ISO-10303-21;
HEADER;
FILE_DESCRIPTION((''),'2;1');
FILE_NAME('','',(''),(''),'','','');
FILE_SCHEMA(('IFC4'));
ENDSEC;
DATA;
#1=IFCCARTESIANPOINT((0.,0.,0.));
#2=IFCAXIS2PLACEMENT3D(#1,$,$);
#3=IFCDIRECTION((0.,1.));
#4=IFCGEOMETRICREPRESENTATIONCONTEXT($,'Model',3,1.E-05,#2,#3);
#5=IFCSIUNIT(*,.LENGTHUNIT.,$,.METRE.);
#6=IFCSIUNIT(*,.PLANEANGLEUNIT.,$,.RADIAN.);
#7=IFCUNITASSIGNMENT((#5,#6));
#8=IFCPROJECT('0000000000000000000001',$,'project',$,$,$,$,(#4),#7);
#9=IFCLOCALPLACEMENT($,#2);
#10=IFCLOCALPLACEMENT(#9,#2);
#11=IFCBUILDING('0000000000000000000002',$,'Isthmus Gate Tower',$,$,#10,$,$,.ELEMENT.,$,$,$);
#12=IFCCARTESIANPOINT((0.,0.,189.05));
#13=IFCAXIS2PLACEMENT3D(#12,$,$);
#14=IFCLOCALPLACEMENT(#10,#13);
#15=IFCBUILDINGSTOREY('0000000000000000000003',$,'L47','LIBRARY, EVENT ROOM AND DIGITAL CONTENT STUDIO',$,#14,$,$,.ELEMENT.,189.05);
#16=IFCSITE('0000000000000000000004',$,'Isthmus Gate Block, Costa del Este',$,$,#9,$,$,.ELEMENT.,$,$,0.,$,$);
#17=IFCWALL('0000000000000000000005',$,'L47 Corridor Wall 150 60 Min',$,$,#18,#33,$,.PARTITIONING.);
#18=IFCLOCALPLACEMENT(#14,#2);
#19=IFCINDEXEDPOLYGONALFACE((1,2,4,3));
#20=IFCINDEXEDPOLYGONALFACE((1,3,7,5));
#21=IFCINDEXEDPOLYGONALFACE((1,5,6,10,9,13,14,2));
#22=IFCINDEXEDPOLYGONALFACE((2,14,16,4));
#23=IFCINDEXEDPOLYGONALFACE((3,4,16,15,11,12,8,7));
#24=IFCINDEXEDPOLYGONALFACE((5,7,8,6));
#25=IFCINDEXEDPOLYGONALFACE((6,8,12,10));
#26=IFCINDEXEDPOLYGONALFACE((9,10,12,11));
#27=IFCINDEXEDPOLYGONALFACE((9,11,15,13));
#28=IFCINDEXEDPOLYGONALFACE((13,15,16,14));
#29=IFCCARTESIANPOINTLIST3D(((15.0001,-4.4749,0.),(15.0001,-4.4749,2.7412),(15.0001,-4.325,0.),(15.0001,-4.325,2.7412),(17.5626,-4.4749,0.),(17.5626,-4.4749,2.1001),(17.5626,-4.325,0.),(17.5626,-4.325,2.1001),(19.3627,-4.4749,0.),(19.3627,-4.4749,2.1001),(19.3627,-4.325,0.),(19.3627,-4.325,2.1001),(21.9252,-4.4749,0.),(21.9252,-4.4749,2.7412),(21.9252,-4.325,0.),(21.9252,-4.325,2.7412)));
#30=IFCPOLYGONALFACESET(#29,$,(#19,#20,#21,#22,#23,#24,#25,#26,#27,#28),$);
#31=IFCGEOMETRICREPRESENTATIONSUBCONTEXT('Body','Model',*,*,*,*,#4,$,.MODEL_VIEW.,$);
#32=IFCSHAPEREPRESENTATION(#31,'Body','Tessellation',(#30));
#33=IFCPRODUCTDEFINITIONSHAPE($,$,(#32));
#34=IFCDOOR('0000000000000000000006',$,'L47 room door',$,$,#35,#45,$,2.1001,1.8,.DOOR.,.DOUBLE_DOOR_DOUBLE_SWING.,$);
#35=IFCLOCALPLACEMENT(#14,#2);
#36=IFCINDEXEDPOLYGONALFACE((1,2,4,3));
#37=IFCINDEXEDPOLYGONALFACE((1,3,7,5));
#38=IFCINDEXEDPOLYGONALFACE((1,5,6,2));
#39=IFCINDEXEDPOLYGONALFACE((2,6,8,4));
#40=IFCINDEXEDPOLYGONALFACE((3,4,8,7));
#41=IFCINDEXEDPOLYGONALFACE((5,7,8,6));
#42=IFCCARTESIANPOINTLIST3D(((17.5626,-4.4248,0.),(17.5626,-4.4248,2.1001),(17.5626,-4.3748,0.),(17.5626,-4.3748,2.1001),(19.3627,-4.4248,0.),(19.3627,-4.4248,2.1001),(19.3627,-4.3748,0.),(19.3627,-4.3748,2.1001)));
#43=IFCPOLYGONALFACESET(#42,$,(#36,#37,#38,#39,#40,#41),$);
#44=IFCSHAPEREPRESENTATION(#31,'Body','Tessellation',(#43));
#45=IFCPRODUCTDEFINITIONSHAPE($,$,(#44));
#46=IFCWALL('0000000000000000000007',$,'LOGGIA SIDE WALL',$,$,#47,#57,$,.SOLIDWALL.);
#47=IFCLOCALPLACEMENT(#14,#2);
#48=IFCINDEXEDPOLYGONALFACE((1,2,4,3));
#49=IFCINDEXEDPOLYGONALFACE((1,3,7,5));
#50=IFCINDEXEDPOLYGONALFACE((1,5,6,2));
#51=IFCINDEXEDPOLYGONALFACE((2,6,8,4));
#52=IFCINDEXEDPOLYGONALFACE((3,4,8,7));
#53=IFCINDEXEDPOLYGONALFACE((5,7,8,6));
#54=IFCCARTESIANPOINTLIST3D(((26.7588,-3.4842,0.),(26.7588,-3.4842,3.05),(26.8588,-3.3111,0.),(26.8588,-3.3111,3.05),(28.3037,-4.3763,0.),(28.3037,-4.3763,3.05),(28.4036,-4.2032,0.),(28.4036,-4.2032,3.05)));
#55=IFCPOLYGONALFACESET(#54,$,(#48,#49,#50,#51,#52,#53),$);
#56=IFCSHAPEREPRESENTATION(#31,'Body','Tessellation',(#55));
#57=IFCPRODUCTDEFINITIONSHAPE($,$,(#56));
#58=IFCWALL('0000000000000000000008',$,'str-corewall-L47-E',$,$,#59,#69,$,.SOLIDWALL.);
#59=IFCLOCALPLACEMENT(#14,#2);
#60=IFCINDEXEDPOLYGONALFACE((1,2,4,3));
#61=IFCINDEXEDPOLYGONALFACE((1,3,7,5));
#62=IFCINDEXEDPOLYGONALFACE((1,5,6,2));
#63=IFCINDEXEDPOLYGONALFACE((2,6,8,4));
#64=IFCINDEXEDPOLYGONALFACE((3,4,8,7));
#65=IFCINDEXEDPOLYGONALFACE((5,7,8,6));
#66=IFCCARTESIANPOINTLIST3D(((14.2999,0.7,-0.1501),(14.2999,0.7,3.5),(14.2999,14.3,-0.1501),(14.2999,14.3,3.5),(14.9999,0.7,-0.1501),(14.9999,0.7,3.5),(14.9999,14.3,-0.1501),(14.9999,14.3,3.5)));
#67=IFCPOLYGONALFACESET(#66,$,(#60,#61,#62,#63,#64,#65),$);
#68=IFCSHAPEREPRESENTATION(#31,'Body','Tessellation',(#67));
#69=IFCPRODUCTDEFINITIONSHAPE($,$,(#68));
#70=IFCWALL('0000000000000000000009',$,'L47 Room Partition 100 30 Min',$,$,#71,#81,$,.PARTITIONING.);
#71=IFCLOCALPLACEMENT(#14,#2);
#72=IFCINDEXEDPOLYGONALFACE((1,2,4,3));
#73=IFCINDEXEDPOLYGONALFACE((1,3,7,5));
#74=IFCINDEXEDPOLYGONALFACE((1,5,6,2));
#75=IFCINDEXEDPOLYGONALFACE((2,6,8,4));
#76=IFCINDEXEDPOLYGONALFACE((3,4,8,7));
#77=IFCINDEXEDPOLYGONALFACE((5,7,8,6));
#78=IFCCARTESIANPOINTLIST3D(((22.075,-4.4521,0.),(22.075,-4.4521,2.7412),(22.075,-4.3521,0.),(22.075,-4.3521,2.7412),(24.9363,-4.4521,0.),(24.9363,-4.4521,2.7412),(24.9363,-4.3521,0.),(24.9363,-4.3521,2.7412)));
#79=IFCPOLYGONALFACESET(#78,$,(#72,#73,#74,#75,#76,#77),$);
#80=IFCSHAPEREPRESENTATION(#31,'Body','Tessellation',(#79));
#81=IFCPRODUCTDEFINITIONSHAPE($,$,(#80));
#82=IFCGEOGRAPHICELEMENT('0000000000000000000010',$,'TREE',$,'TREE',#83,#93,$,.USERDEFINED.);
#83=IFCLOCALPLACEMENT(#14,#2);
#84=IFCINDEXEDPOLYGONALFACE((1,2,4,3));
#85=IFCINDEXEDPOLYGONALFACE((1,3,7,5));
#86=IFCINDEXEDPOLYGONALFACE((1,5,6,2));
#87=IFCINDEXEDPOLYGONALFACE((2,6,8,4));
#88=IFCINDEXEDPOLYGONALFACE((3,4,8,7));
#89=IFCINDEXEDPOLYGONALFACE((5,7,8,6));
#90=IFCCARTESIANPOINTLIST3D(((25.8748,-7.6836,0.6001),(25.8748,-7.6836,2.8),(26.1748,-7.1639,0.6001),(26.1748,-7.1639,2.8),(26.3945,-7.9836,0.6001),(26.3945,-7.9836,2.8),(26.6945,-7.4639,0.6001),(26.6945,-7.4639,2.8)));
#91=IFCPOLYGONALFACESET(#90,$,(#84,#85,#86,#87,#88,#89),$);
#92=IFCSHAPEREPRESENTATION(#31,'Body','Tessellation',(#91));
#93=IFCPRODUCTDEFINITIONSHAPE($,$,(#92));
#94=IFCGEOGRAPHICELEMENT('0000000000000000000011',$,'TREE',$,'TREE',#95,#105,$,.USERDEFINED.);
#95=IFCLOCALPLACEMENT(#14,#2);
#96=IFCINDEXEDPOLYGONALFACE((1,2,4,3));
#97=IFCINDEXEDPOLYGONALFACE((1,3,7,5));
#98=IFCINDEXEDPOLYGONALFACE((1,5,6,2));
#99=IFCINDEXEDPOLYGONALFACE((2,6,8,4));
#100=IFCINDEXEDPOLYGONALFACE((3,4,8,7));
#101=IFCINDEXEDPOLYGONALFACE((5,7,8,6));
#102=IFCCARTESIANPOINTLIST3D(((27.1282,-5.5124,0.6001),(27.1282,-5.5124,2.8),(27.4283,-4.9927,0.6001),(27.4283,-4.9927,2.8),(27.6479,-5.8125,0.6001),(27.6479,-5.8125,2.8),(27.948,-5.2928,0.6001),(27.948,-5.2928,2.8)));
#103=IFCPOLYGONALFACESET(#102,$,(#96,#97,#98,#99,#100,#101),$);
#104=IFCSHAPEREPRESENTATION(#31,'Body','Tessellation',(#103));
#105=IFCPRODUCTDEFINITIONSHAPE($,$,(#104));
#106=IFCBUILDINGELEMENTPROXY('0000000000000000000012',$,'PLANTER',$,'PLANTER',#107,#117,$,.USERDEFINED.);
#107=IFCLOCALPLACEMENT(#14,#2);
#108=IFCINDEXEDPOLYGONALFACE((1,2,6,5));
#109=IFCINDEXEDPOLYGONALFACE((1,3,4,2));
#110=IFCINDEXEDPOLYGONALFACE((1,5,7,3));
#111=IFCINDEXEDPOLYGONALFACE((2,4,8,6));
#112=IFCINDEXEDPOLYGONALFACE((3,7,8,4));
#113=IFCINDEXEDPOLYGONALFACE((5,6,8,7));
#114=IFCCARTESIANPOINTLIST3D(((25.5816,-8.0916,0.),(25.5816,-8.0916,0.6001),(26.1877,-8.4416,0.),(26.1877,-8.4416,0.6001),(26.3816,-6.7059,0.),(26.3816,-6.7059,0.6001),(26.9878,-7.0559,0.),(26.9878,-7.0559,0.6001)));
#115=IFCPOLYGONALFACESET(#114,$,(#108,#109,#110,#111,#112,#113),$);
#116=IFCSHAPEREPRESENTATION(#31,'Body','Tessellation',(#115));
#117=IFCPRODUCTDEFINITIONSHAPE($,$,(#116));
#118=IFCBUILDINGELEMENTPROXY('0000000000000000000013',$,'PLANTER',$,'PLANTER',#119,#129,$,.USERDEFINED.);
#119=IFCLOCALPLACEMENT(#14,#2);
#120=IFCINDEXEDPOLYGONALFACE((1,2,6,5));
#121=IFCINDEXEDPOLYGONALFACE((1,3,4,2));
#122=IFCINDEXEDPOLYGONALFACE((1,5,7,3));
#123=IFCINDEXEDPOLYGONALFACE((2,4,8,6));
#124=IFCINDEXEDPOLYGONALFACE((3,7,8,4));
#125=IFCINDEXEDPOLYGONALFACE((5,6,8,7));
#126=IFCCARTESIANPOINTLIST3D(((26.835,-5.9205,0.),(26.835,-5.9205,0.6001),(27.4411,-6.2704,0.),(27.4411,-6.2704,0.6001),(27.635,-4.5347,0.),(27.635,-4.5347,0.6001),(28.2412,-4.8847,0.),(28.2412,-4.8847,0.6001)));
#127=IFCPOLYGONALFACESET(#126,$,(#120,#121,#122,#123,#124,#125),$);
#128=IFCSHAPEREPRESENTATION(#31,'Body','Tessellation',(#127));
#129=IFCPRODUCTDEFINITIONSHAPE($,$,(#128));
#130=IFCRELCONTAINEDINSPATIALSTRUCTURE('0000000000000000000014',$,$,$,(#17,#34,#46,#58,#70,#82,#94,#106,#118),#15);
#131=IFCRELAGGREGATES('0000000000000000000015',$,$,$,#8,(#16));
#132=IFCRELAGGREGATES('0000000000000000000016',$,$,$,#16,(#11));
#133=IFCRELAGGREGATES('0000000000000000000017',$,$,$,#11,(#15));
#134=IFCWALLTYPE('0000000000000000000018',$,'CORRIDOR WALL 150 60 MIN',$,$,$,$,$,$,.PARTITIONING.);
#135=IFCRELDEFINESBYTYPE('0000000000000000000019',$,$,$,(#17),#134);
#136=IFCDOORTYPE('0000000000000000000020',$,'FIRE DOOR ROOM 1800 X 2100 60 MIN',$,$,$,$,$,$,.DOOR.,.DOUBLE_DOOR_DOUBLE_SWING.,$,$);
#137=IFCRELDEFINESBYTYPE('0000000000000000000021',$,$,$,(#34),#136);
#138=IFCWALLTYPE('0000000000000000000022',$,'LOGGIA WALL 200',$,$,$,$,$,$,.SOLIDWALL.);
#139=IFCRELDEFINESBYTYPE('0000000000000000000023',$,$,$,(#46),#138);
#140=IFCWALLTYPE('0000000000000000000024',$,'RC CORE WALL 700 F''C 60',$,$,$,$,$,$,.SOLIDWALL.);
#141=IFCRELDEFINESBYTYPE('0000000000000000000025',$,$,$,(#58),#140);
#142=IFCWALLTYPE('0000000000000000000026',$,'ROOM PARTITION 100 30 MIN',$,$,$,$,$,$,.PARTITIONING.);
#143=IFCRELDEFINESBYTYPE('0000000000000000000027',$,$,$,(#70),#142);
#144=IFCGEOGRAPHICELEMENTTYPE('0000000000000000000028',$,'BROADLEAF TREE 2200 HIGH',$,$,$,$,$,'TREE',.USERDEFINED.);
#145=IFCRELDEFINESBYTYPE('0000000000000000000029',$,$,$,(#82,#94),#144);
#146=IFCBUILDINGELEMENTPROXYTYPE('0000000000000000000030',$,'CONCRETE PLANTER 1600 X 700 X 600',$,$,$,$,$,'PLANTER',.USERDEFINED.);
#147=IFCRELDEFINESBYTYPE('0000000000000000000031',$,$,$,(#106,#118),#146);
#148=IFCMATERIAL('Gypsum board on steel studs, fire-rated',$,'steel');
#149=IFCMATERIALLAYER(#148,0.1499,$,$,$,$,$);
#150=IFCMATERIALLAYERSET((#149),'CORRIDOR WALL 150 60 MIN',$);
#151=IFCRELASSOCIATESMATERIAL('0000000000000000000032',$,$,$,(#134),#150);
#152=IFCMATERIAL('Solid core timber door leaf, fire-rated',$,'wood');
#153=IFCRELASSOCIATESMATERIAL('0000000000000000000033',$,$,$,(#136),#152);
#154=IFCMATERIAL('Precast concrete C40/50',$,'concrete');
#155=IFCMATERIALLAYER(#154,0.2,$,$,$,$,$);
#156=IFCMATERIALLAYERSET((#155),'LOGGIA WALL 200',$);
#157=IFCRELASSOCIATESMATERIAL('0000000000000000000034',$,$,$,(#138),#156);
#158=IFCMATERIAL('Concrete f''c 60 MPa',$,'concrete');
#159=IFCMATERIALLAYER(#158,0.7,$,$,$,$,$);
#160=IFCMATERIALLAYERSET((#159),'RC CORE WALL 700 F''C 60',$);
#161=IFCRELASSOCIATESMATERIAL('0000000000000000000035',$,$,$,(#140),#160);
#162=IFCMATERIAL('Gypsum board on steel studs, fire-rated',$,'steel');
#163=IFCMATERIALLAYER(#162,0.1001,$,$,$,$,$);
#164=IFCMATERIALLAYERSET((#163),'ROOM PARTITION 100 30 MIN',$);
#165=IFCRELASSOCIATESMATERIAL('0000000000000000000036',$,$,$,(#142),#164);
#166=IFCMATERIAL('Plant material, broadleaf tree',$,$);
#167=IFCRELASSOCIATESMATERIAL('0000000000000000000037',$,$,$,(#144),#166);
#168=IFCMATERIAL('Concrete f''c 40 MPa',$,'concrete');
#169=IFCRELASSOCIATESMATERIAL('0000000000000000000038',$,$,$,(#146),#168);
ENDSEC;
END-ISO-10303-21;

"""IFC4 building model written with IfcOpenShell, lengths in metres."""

from ifc_helpers import new_model, si_unit, direction, frame, frame_2d, origin, origin_2d, place, context, subcontext, project, spatial, rectangle, extrude, material, layer, layer_set, type_object, element, fill, save


model = new_model("IFC4")

# Units and contexts
model_context = context("Model", 3, precision=1e-05, world=origin(), true_north=direction((0.0, 1.0)))
body_context = subcontext(model_context, "Body", "Model", "MODEL_VIEW")
ifc_project = project(units=[si_unit("LENGTHUNIT", "METRE"), si_unit("PLANEANGLEUNIT", "RADIAN")], contexts=[model_context])

# Site, building, storey
site_placement = place(None, origin())
site = spatial("IfcSite", under=ifc_project, at=site_placement, Name="Isthmus Gate Block, Costa del Este", CompositionType="ELEMENT", RefElevation=0.0)
building_placement = place(site_placement, origin())
building = spatial("IfcBuilding", under=site, at=building_placement, Name="Isthmus Gate Tower", CompositionType="ELEMENT")
storey_placement = place(building_placement, frame((0.0, 0.0, 189.05)))
storey = spatial("IfcBuildingStorey", under=building, at=storey_placement, Name="L47", Description="LIBRARY, EVENT ROOM AND DIGITAL CONTENT STUDIO", CompositionType="ELEMENT", Elevation=189.05)

# Shared definitions
ifc_material_1 = material(Name="Gypsum board on steel studs, fire-rated", Category="steel")
ifc_layer_1 = layer(ifc_material_1, 0.1499)
ifc_layer_set_1 = layer_set([ifc_layer_1], Name="CORRIDOR WALL 150 60 MIN")
wall_type_1 = type_object("IfcWallType", Name="CORRIDOR WALL 150 60 MIN", PredefinedType="PARTITIONING", material=ifc_layer_set_1)

# Wall, opening, door
wall_1_placement = place(storey_placement, frame((21.925, -4.3999, 0.0), z_axis=(0.0, 0.0, 1.0), x_axis=(-1.0, 0.0, 0.0)))
wall_1 = element("IfcWall", 1, at=wall_1_placement, inside=storey, type_object=wall_type_1, Name="L47 Corridor Wall 150 60 Min", PredefinedType="PARTITIONING", context=body_context, shape_type="SweptSolid", body=[
    extrude(rectangle(XDim=6.925, YDim=0.1499, at=frame_2d((3.4624, 0.0))), origin(), (0.0, 0.0, 1.0), 2.7412),
])
opening_1_placement = place(wall_1_placement, frame((2.5625, 0.0, 0.0)))
opening_1 = element("IfcOpeningElement", 2, at=opening_1_placement, cuts=wall_1, PredefinedType="OPENING", context=body_context, shape_type="SweptSolid", body=[
    extrude(rectangle(XDim=1.8, YDim=2.1001, at=frame_2d((0.8999, 1.05))), frame((0.0, 0.085, 0.0), z_axis=(0.0, -1.0, 0.0), x_axis=(1.0, 0.0, 0.0)), (0.0, 0.0, 1.0), 0.1699),
])
ifc_material_2 = material(Name="Solid core timber door leaf, fire-rated", Category="wood")
door_type_1 = type_object("IfcDoorType", Name="FIRE DOOR ROOM 1800 X 2100 60 MIN", OperationType="DOUBLE_DOOR_DOUBLE_SWING", PredefinedType="DOOR", material=ifc_material_2)
door_1_placement = place(opening_1_placement, origin())
door_1 = element("IfcDoor", 3, at=door_1_placement, inside=storey, type_object=door_type_1, Name="L47 room door", OperationType="DOUBLE_DOOR_DOUBLE_SWING", OverallHeight=2.1001, OverallWidth=1.8, PredefinedType="DOOR", context=body_context, shape_type="SweptSolid", body=[
    extrude(rectangle(XDim=1.8, YDim=2.1001, at=frame_2d((0.8999, 1.05))), frame((0.0, 0.0249, 0.0), z_axis=(0.0, -1.0, 0.0), x_axis=(1.0, 0.0, 0.0)), (0.0, 0.0, 1.0), 0.05),
])
fill(opening_1, door_1)
ifc_material_3 = material(Name="Precast concrete C40/50", Category="concrete")
ifc_layer_2 = layer(ifc_material_3, 0.2)
ifc_layer_set_2 = layer_set([ifc_layer_2], Name="LOGGIA WALL 200")
wall_type_2 = type_object("IfcWallType", Name="LOGGIA WALL 200", PredefinedType="SOLIDWALL", material=ifc_layer_set_2)

# Walls
wall_2_placement = place(storey_placement, frame((28.3538, -4.2898, 0.0), z_axis=(0.0, 0.0, 1.0), x_axis=(-0.865994, 0.500054, 0.0)))
element("IfcWall", 4, at=wall_2_placement, inside=storey, type_object=wall_type_2, Name="LOGGIA SIDE WALL", PredefinedType="SOLIDWALL", context=body_context, shape_type="SweptSolid", body=[
    extrude(rectangle(XDim=1.7839, YDim=0.2, at=frame_2d((0.8921, 0.0))), origin(), (0.0, 0.0, 1.0), 3.05),
])
ifc_material_4 = material(Name="Concrete f'c 60 MPa", Category="concrete")
ifc_layer_3 = layer(ifc_material_4, 0.7)
ifc_layer_set_3 = layer_set([ifc_layer_3], Name="RC CORE WALL 700 F'C 60")
wall_type_3 = type_object("IfcWallType", Name="RC CORE WALL 700 F'C 60", PredefinedType="SOLIDWALL", material=ifc_layer_set_3)
wall_3_placement = place(storey_placement, frame((14.6499, 0.7, -0.1501), z_axis=(0.0, 0.0, 1.0), x_axis=(0.0, 1.0, 0.0)))
element("IfcWall", 5, at=wall_3_placement, inside=storey, type_object=wall_type_3, Name="str-corewall-L47-E", PredefinedType="SOLIDWALL", context=body_context, shape_type="SweptSolid", body=[
    extrude(rectangle(XDim=13.6001, YDim=0.7, at=frame_2d((6.8, 0.0))), origin(), (0.0, 0.0, 1.0), 3.6501),
])
ifc_material_5 = material(Name="Gypsum board on steel studs, fire-rated", Category="steel")
ifc_layer_4 = layer(ifc_material_5, 0.1001)
ifc_layer_set_4 = layer_set([ifc_layer_4], Name="ROOM PARTITION 100 30 MIN")
wall_type_4 = type_object("IfcWallType", Name="ROOM PARTITION 100 30 MIN", PredefinedType="PARTITIONING", material=ifc_layer_set_4)
wall_4_placement = place(storey_placement, frame((22.075, -4.4021, 0.0), z_axis=(0.0, 0.0, 1.0), x_axis=(1.0, 0.0, 0.0)))
element("IfcWall", 6, at=wall_4_placement, inside=storey, type_object=wall_type_4, Name="L47 Room Partition 100 30 Min", PredefinedType="PARTITIONING", context=body_context, shape_type="SweptSolid", body=[
    extrude(rectangle(XDim=2.8613, YDim=0.1001, at=frame_2d((1.4307, 0.0))), origin(), (0.0, 0.0, 1.0), 2.7412),
])

# Geographic elements
ifc_material_6 = material(Name="Plant material, broadleaf tree")
geographic_element_type = type_object("IfcGeographicElementType", Name="BROADLEAF TREE 2200 HIGH", ElementType="TREE", PredefinedType="USERDEFINED", material=ifc_material_6)
for number, where, z_axis, x_axis, name in (
    (7, (26.2847, -7.5737, 0.6001), (0.0, 0.0, 1.0), (0.5, 0.866025, 0.0), "TREE"),
    (8, (27.5381, -5.4026, 0.6001), (0.0, 0.0, 1.0), (0.5, 0.866025, 0.0), "TREE"),
):
    element("IfcGeographicElement", number, at=place(storey_placement, frame(where, z_axis=z_axis, x_axis=x_axis)), inside=storey, type_object=geographic_element_type, Name=name, ObjectType="TREE", PredefinedType="USERDEFINED", context=body_context, shape_type="SweptSolid", body=[
        extrude(rectangle(XDim=0.6001, YDim=0.6001, at=origin_2d()), origin(), (0.0, 0.0, 1.0), 2.2),
    ])

# Building element proxies
ifc_material_7 = material(Name="Concrete f'c 40 MPa", Category="concrete")
building_element_proxy_type = type_object("IfcBuildingElementProxyType", Name="CONCRETE PLANTER 1600 X 700 X 600", ElementType="PLANTER", PredefinedType="USERDEFINED", material=ifc_material_7)
for number, where, z_axis, x_axis, name in (
    (9, (26.2847, -7.5737, 0.0), (0.0, 0.0, 1.0), (0.5, 0.866025, 0.0), "PLANTER"),
    (10, (27.5381, -5.4026, 0.0), (0.0, 0.0, 1.0), (0.5, 0.866025, 0.0), "PLANTER"),
):
    element("IfcBuildingElementProxy", number, at=place(storey_placement, frame(where, z_axis=z_axis, x_axis=x_axis)), inside=storey, type_object=building_element_proxy_type, Name=name, ObjectType="PLANTER", PredefinedType="USERDEFINED", context=body_context, shape_type="SweptSolid", body=[
        extrude(rectangle(XDim=1.6001, YDim=0.7, at=origin_2d()), origin(), (0.0, 0.0, 1.0), 0.6001),
    ])

save(model, "model.ifc")
